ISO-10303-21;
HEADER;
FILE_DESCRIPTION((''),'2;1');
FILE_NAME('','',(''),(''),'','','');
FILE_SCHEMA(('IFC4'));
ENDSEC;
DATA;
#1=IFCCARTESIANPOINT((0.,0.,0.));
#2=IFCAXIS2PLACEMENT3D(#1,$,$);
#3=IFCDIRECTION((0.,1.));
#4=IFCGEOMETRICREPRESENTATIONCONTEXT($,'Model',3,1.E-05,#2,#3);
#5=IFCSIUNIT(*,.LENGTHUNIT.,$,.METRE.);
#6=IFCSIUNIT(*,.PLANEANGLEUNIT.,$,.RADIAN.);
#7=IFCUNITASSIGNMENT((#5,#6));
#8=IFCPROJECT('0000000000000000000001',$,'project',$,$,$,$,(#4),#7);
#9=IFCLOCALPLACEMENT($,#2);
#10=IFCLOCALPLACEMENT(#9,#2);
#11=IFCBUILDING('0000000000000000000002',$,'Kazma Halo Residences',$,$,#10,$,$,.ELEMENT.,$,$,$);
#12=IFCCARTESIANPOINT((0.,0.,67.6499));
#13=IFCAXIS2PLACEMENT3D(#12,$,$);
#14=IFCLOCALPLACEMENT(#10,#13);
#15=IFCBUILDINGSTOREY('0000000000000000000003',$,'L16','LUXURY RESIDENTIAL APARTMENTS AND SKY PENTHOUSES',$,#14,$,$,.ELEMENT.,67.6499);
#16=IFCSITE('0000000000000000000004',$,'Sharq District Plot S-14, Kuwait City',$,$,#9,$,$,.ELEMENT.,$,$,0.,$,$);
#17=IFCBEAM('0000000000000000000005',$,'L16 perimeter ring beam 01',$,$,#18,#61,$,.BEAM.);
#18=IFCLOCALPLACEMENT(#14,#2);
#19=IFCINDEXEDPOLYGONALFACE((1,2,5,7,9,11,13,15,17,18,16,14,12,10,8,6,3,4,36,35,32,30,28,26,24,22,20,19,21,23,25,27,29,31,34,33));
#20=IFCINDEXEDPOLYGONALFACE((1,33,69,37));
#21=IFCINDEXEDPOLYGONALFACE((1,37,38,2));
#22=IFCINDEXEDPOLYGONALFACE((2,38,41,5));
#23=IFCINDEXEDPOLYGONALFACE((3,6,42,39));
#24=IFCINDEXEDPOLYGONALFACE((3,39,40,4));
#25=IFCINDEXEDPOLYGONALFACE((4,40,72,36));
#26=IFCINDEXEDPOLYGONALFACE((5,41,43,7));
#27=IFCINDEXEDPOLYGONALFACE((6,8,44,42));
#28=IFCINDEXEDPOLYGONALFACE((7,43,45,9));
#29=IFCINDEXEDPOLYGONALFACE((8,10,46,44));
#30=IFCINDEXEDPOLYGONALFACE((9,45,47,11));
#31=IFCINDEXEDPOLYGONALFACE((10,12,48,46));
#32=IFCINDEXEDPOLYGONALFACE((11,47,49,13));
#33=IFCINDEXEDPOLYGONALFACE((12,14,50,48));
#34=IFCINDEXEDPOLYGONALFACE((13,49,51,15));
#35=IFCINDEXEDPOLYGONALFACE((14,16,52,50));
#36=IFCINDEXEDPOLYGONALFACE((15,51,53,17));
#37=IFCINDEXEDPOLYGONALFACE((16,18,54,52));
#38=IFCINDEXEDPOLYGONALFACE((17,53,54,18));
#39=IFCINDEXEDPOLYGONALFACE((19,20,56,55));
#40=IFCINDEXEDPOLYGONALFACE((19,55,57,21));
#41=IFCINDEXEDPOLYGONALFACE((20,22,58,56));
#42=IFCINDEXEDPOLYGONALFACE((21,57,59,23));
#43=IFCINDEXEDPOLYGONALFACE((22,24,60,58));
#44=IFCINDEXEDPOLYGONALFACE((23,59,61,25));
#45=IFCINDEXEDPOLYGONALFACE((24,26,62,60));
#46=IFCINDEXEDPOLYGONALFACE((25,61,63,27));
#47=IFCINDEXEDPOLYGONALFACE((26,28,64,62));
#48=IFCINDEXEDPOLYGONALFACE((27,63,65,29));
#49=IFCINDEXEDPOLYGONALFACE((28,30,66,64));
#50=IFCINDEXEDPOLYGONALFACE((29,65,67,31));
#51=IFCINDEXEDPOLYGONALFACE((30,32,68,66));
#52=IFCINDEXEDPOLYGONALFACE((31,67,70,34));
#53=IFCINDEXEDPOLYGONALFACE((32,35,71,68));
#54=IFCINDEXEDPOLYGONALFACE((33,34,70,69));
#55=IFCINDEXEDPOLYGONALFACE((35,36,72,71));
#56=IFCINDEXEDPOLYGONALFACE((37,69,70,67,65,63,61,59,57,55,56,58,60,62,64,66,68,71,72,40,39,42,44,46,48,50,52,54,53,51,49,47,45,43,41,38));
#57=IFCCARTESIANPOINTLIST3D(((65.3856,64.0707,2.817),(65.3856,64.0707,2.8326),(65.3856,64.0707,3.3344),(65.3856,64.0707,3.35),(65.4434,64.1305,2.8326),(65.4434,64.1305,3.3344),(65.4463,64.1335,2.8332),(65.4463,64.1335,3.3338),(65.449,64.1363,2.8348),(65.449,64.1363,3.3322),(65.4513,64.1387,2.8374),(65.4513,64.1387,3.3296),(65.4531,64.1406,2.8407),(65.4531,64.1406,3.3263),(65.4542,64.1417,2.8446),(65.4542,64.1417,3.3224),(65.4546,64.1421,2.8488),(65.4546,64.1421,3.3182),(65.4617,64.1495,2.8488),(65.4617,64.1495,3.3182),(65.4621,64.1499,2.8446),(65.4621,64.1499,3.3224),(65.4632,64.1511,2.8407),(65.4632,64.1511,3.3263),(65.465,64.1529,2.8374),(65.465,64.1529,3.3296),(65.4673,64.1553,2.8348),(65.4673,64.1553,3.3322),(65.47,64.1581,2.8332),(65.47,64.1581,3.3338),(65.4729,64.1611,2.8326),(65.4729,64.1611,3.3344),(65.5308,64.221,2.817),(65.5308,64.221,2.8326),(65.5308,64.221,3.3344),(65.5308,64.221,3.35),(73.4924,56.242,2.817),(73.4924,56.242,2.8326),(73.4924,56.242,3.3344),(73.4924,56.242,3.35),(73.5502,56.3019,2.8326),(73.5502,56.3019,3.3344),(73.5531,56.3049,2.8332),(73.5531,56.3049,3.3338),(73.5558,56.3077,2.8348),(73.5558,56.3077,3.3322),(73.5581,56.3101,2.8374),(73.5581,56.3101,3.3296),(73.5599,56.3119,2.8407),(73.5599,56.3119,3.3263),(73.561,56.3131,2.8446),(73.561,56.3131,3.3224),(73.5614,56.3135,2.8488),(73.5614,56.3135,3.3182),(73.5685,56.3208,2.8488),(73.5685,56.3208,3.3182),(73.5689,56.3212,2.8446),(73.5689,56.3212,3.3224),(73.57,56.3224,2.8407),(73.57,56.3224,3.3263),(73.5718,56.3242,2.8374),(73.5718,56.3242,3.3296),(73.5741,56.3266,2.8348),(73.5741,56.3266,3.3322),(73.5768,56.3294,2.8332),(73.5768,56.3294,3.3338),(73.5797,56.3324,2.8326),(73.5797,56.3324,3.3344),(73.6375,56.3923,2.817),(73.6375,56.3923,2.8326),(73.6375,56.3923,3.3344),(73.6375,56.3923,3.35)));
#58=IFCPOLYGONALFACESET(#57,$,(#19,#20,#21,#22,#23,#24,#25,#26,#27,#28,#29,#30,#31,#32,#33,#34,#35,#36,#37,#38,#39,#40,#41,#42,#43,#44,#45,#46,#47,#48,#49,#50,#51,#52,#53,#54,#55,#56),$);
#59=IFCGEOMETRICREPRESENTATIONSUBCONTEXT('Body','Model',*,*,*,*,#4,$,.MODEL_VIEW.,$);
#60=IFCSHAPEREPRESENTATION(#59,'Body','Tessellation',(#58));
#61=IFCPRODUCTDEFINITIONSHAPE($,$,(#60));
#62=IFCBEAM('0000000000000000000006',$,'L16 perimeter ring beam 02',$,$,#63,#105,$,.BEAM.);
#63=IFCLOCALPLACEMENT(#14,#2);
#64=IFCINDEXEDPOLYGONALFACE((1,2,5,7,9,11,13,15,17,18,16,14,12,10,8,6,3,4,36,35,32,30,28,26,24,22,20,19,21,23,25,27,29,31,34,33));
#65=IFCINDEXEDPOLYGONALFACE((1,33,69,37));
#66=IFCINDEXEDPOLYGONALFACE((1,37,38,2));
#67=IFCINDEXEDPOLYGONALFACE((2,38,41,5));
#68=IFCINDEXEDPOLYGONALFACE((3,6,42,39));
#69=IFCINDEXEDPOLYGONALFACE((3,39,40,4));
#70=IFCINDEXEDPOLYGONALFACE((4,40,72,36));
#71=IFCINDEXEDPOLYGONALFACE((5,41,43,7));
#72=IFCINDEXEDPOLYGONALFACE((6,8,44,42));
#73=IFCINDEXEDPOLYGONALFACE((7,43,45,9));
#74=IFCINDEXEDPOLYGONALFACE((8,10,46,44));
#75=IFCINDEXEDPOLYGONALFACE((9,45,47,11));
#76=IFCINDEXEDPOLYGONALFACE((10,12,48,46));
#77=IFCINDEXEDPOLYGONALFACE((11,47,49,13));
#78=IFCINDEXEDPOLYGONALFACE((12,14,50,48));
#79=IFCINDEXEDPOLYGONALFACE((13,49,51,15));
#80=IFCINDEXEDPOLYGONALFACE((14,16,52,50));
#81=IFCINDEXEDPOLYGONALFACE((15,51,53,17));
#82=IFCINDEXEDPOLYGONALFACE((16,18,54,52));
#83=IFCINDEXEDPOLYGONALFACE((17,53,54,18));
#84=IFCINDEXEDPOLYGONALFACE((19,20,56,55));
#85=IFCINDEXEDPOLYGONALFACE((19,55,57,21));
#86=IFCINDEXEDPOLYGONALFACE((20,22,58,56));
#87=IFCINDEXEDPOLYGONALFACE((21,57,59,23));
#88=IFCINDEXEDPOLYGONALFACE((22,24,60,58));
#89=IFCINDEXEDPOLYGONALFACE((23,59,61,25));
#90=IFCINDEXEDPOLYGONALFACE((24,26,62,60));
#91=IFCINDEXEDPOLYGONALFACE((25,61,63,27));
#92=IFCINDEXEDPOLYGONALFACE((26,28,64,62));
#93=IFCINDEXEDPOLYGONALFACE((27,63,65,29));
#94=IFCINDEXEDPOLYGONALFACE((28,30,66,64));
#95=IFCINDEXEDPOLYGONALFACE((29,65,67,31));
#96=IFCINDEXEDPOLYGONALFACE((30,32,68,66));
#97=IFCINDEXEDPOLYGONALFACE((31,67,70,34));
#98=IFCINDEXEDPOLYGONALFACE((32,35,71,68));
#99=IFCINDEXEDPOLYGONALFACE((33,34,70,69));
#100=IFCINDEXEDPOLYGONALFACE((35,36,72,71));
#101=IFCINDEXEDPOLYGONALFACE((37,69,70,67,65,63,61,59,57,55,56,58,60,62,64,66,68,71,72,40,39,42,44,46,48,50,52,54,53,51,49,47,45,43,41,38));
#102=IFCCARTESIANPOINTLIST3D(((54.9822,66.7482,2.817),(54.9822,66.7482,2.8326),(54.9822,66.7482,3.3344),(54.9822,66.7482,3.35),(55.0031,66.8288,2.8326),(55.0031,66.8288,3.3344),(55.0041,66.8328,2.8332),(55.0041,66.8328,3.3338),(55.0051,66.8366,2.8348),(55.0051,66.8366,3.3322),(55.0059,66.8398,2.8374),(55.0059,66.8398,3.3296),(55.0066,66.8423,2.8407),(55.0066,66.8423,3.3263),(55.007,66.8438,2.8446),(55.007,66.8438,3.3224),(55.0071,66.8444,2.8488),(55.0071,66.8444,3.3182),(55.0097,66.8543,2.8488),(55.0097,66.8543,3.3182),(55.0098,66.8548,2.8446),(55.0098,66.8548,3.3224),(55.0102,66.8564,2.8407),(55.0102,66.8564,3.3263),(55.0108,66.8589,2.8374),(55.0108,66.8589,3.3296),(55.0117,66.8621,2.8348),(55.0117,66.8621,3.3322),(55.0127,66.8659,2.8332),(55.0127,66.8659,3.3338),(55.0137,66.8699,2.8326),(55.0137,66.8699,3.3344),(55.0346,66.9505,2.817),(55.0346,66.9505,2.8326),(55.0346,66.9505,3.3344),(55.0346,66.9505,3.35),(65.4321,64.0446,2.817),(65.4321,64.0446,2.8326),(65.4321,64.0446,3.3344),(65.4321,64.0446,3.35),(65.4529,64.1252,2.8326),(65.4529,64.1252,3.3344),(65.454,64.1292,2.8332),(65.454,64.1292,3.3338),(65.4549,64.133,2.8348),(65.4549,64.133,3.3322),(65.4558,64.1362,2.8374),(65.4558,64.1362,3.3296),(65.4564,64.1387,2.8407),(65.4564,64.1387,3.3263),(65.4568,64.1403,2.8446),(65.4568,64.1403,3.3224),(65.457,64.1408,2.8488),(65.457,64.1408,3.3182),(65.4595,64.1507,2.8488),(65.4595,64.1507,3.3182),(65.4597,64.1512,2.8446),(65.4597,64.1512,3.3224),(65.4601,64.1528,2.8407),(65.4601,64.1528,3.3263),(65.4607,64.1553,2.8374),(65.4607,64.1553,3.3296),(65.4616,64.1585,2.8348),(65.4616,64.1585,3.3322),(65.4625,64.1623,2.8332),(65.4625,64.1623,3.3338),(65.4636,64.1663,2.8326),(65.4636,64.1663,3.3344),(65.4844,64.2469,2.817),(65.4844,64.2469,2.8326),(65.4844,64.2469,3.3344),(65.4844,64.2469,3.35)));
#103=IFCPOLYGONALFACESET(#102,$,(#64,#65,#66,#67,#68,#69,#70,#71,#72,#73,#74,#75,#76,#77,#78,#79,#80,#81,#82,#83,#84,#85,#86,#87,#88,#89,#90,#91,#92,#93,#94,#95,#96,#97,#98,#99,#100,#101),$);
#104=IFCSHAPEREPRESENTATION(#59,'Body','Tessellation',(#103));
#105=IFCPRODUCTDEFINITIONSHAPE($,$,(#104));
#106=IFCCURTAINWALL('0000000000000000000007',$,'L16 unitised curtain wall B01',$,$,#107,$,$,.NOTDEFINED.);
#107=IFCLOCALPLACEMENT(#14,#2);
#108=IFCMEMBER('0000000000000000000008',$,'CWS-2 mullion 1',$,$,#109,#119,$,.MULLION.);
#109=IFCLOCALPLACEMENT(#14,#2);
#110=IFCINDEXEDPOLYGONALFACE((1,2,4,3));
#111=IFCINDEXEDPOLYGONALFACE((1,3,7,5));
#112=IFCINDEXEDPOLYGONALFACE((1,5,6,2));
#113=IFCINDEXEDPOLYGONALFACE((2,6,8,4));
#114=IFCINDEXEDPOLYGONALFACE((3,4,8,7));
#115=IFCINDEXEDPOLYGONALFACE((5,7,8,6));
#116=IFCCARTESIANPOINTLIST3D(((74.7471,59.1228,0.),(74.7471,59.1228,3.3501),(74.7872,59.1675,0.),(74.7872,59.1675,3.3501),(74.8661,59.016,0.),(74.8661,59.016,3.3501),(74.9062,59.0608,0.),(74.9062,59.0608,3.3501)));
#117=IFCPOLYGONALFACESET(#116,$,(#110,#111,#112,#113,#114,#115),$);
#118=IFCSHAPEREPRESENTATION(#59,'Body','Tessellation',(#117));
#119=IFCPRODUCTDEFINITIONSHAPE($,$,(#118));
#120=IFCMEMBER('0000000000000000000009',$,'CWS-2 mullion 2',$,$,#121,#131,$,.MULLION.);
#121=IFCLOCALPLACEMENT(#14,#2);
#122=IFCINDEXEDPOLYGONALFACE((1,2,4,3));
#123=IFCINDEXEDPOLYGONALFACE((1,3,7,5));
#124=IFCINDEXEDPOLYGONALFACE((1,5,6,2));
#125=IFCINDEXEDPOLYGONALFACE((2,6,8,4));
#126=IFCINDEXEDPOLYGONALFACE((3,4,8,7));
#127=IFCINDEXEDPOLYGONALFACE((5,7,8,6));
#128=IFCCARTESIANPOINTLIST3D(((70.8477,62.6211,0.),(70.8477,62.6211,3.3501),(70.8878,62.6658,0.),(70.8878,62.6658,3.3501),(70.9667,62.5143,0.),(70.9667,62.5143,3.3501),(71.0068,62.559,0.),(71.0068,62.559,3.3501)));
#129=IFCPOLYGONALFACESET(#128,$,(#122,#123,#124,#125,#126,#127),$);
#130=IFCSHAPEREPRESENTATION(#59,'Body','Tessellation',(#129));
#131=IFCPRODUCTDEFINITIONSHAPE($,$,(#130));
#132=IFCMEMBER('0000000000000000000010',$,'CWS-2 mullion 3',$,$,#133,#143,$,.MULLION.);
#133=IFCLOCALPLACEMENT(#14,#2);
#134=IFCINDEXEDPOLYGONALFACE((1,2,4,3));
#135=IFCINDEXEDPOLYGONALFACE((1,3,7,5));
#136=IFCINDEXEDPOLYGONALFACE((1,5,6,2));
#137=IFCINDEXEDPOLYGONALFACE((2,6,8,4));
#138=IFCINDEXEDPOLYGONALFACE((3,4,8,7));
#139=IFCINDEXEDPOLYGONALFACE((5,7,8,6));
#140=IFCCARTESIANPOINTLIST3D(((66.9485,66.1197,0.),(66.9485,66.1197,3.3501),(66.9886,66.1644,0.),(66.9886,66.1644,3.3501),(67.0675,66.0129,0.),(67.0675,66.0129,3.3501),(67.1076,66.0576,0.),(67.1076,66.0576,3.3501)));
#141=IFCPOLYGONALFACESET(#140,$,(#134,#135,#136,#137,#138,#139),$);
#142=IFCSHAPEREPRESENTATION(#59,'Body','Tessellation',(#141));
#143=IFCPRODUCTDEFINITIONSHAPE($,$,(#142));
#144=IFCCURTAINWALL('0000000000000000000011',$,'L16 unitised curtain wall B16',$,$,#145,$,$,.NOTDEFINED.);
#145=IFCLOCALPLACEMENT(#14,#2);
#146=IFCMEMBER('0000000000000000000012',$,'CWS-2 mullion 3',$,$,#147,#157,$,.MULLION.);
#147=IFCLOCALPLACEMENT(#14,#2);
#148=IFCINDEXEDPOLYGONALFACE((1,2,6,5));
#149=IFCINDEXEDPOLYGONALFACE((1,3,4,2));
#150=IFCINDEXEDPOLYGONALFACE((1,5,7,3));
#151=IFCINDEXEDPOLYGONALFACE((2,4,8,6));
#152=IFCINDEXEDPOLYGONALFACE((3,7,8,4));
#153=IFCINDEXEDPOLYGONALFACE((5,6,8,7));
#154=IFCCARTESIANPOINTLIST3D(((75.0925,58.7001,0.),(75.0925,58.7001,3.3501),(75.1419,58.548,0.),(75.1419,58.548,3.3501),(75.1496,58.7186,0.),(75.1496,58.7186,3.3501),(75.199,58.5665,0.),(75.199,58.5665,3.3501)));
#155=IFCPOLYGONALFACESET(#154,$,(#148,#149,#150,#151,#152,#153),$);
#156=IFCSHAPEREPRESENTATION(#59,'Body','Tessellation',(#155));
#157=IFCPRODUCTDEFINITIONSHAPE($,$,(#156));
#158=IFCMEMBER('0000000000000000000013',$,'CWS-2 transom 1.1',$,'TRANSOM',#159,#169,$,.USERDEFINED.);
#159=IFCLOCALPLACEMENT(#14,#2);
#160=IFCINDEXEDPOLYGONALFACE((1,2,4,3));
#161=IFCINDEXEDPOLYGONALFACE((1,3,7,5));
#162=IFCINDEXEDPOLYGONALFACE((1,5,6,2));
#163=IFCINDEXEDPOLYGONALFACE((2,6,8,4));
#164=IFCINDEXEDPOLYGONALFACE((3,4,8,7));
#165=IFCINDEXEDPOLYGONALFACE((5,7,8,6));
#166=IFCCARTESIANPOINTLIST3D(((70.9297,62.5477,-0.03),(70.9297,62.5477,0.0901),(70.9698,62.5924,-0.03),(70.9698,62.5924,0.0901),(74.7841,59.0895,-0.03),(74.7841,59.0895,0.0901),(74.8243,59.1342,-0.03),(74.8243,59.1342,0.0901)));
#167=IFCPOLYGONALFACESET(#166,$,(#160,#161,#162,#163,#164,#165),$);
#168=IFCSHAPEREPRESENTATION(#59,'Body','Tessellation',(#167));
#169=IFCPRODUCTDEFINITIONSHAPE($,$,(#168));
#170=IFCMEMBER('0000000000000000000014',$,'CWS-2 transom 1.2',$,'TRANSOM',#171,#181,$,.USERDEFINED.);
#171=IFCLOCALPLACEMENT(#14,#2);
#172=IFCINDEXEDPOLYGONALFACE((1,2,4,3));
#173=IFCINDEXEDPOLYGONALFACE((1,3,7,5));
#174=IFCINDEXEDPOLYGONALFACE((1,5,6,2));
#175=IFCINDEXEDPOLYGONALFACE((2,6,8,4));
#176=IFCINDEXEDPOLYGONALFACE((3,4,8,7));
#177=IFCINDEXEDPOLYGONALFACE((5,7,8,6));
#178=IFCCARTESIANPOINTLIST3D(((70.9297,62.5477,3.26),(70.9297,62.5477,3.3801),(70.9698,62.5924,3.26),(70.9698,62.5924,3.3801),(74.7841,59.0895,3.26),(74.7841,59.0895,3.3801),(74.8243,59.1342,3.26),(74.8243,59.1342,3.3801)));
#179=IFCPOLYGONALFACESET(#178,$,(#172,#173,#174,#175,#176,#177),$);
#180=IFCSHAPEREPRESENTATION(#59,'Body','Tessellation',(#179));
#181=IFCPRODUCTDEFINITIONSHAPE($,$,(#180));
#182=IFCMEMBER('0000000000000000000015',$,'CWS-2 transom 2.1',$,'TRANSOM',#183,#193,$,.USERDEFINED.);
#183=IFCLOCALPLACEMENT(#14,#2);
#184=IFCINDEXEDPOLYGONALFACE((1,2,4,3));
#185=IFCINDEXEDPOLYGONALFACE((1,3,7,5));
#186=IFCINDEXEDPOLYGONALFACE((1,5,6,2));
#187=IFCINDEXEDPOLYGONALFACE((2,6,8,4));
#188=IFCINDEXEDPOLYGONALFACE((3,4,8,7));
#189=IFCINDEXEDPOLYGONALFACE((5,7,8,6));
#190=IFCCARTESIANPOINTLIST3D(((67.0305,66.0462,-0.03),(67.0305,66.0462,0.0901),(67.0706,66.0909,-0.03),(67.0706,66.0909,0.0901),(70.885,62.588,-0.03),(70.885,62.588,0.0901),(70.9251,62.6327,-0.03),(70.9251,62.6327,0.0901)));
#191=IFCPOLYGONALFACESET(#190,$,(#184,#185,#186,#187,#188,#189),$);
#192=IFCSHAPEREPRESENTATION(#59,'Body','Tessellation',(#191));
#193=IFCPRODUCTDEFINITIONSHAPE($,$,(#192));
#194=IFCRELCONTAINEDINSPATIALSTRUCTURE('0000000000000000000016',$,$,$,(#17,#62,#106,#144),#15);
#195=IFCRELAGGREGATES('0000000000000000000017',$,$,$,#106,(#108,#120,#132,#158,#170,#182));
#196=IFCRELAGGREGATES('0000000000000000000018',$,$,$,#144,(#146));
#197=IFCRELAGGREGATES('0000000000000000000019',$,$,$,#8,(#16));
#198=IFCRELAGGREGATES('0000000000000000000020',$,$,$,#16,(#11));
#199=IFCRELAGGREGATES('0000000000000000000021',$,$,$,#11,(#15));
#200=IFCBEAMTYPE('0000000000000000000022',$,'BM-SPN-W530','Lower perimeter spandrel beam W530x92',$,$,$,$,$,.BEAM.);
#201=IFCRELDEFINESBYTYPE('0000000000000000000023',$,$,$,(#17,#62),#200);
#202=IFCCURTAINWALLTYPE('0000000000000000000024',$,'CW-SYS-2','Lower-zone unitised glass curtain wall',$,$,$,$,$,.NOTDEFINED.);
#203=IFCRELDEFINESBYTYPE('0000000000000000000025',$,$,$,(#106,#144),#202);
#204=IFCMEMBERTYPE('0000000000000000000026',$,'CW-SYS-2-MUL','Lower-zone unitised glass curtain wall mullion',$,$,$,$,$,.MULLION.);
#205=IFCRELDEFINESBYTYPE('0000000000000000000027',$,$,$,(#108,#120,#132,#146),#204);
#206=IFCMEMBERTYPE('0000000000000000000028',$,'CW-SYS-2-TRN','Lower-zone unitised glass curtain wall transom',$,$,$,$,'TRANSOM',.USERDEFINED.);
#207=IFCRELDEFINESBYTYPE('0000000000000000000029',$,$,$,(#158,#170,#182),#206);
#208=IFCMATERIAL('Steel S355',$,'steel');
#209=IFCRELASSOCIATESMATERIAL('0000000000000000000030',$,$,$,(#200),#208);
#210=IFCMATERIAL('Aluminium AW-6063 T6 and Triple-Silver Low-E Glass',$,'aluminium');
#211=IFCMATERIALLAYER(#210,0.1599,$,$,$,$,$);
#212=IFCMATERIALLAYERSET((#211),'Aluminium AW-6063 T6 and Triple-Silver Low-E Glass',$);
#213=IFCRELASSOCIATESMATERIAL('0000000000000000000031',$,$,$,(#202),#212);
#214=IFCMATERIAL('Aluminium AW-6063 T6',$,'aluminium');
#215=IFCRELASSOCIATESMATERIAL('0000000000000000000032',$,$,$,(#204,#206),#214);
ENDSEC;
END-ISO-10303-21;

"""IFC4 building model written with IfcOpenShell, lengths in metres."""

from ifc_helpers import new_model, si_unit, direction, frame, origin, origin_2d, place, context, subcontext, project, spatial, rectangle, i_section, extrude, material, layer, layer_set, material_profile, profile_set, type_object, element, aggregate, save


model = new_model("IFC4")

# Units and contexts
model_context = context("Model", 3, precision=1e-05, world=origin(), true_north=direction((0.0, 1.0)))
body_context = subcontext(model_context, "Body", "Model", "MODEL_VIEW")
ifc_project = project(units=[si_unit("LENGTHUNIT", "METRE"), si_unit("PLANEANGLEUNIT", "RADIAN")], contexts=[model_context])

# Site, building, storey
site_placement = place(None, origin())
site = spatial("IfcSite", under=ifc_project, at=site_placement, Name="Sharq District Plot S-14, Kuwait City", CompositionType="ELEMENT", RefElevation=0.0)
building_placement = place(site_placement, origin())
building = spatial("IfcBuilding", under=site, at=building_placement, Name="Kazma Halo Residences", CompositionType="ELEMENT")
storey_placement = place(building_placement, frame((0.0, 0.0, 67.6499)))
storey = spatial("IfcBuildingStorey", under=building, at=storey_placement, Name="L16", Description="LUXURY RESIDENTIAL APARTMENTS AND SKY PENTHOUSES", CompositionType="ELEMENT", Elevation=67.6499)

# Beams
ifc_material_1 = material(Name="Steel S355", Category="steel")
ifc_material_profile_1 = material_profile(ifc_material_1, i_section(OverallWidth=0.209, OverallDepth=0.533, WebThickness=0.0103, FlangeThickness=0.0156, FilletRadius=0.0161, at=origin_2d()), Name="W530x92")
ifc_profile_set_1 = profile_set([ifc_material_profile_1], Name="Steel S355")
beam_type_1 = type_object("IfcBeamType", Name="BM-SPN-W530", Description="Lower perimeter spandrel beam W530x92", PredefinedType="BEAM", material=ifc_profile_set_1)
beam_1_placement = place(storey_placement, frame((73.5649, 56.3171, 3.0835), z_axis=(-0.719337, 0.694662, 0.0), x_axis=(-0.694662, -0.719337, 0.0)))
element("IfcBeam", 1, at=beam_1_placement, inside=storey, type_object=beam_type_1, Name="L16 perimeter ring beam 01", PredefinedType="BEAM", context=body_context, shape_type="SweptSolid", body=[
    extrude(i_section(OverallWidth=0.209, OverallDepth=0.533, WebThickness=0.0103, FlangeThickness=0.0156, FilletRadius=0.0161, at=origin_2d()), origin(), (0.0, 0.0, 1.0), 11.2698),
])
beam_2_placement = place(storey_placement, frame((65.4583, 64.1458, 3.0835), z_axis=(-0.968124, 0.250473, 0.0), x_axis=(-0.250473, -0.968124, 0.0)))
element("IfcBeam", 2, at=beam_2_placement, inside=storey, type_object=beam_type_1, Name="L16 perimeter ring beam 02", PredefinedType="BEAM", context=body_context, shape_type="SweptSolid", body=[
    extrude(i_section(OverallWidth=0.209, OverallDepth=0.533, WebThickness=0.0103, FlangeThickness=0.0156, FilletRadius=0.0161, at=origin_2d()), origin(), (0.0, 0.0, 1.0), 10.7939),
])

# Curtain wall, members
ifc_material_2 = material(Name="Aluminium AW-6063 T6 and Triple-Silver Low-E Glass", Category="aluminium")
ifc_layer_1 = layer(ifc_material_2, 0.1599)
ifc_layer_set_1 = layer_set([ifc_layer_1], Name="Aluminium AW-6063 T6 and Triple-Silver Low-E Glass")
curtain_wall_type = type_object("IfcCurtainWallType", Name="CW-SYS-2", Description="Lower-zone unitised glass curtain wall", PredefinedType="NOTDEFINED", material=ifc_layer_set_1)
curtain_wall_1_placement = place(storey_placement, origin())
curtain_wall_1 = element("IfcCurtainWall", 3, at=curtain_wall_1_placement, inside=storey, type_object=curtain_wall_type, Name="L16 unitised curtain wall B01", PredefinedType="NOTDEFINED")
ifc_material_3 = material(Name="Aluminium AW-6063 T6", Category="aluminium")
ifc_material_profile_2 = material_profile(ifc_material_3, rectangle(XDim=0.0601, YDim=0.1599, at=origin_2d()), Name="CWM-60x160")
ifc_profile_set_2 = profile_set([ifc_material_profile_2], Name="Aluminium AW-6063 T6")
member_type_1 = type_object("IfcMemberType", Name="CW-SYS-2-MUL", Description="Lower-zone unitised glass curtain wall mullion", PredefinedType="MULLION", material=ifc_profile_set_2)
member_1_placement = place(storey_placement, frame((74.8267, 59.0918, 0.0), z_axis=(0.0, 0.0, 1.0), x_axis=(-0.667821, -0.744322, 0.0)))
member_1 = element("IfcMember", 4, at=member_1_placement, type_object=member_type_1, Name="CWS-2 mullion 1", PredefinedType="MULLION", context=body_context, shape_type="SweptSolid", body=[
    extrude(rectangle(XDim=0.0601, YDim=0.1599, at=origin_2d()), origin(), (0.0, 0.0, 1.0), 3.3501),
])
member_2_placement = place(storey_placement, frame((70.9272, 62.5901, 0.0), z_axis=(0.0, 0.0, 1.0), x_axis=(-0.667821, -0.744322, 0.0)))
member_2 = element("IfcMember", 5, at=member_2_placement, type_object=member_type_1, Name="CWS-2 mullion 2", PredefinedType="MULLION", context=body_context, shape_type="SweptSolid", body=[
    extrude(rectangle(XDim=0.0601, YDim=0.1599, at=origin_2d()), origin(), (0.0, 0.0, 1.0), 3.3501),
])
member_3_placement = place(storey_placement, frame((67.0281, 66.0886, 0.0), z_axis=(0.0, 0.0, 1.0), x_axis=(-0.667821, -0.744322, 0.0)))
member_3 = element("IfcMember", 6, at=member_3_placement, type_object=member_type_1, Name="CWS-2 mullion 3", PredefinedType="MULLION", context=body_context, shape_type="SweptSolid", body=[
    extrude(rectangle(XDim=0.0601, YDim=0.1599, at=origin_2d()), origin(), (0.0, 0.0, 1.0), 3.3501),
])

# Curtain wall, member
curtain_wall_2_placement = place(storey_placement, origin())
curtain_wall_2 = element("IfcCurtainWall", 7, at=curtain_wall_2_placement, inside=storey, type_object=curtain_wall_type, Name="L16 unitised curtain wall B16", PredefinedType="NOTDEFINED")
member_4_placement = place(storey_placement, frame((75.1458, 58.6333, 0.0), z_axis=(0.0, 0.0, 1.0), x_axis=(-0.951057, -0.309017, 0.0)))
member_4 = element("IfcMember", 8, at=member_4_placement, type_object=member_type_1, Name="CWS-2 mullion 3", PredefinedType="MULLION", context=body_context, shape_type="SweptSolid", body=[
    extrude(rectangle(XDim=0.0601, YDim=0.1599, at=origin_2d()), origin(), (0.0, 0.0, 1.0), 3.3501),
])

# Members
ifc_material_profile_3 = material_profile(ifc_material_3, rectangle(XDim=0.0601, YDim=0.1201, at=origin_2d()), Name="CWT-60x120")
ifc_profile_set_3 = profile_set([ifc_material_profile_3], Name="Aluminium AW-6063 T6")
member_type_2 = type_object("IfcMemberType", Name="CW-SYS-2-TRN", Description="Lower-zone unitised glass curtain wall transom", ElementType="TRANSOM", PredefinedType="USERDEFINED", material=ifc_profile_set_3)
member_5_placement = place(storey_placement, frame((74.8042, 59.1118, 0.03), z_axis=(-0.744329, 0.667813, 0.0), x_axis=(-0.667813, -0.744329, 0.0)))
member_5 = element("IfcMember", 9, at=member_5_placement, type_object=member_type_2, Name="CWS-2 transom 1.1", ObjectType="TRANSOM", PredefinedType="USERDEFINED", context=body_context, shape_type="SweptSolid", body=[
    extrude(rectangle(XDim=0.0601, YDim=0.1201, at=origin_2d()), origin(), (0.0, 0.0, 1.0), 5.1785),
])
member_6_placement = place(storey_placement, frame((74.8042, 59.1118, 3.3201), z_axis=(-0.744329, 0.667813, 0.0), x_axis=(-0.667813, -0.744329, 0.0)))
member_6 = element("IfcMember", 10, at=member_6_placement, type_object=member_type_2, Name="CWS-2 transom 1.2", ObjectType="TRANSOM", PredefinedType="USERDEFINED", context=body_context, shape_type="SweptSolid", body=[
    extrude(rectangle(XDim=0.0601, YDim=0.1201, at=origin_2d()), origin(), (0.0, 0.0, 1.0), 5.1785),
])
member_7_placement = place(storey_placement, frame((70.905, 62.6104, 0.03), z_axis=(-0.744329, 0.667813, 0.0), x_axis=(-0.667813, -0.744329, 0.0)))
member_7 = element("IfcMember", 11, at=member_7_placement, type_object=member_type_2, Name="CWS-2 transom 2.1", ObjectType="TRANSOM", PredefinedType="USERDEFINED", context=body_context, shape_type="SweptSolid", body=[
    extrude(rectangle(XDim=0.0601, YDim=0.1201, at=origin_2d()), origin(), (0.0, 0.0, 1.0), 5.1785),
])

aggregate(curtain_wall_1, [member_1, member_2, member_3, member_5, member_6, member_7])
aggregate(curtain_wall_2, [member_4])

save(model, "model.ifc")
